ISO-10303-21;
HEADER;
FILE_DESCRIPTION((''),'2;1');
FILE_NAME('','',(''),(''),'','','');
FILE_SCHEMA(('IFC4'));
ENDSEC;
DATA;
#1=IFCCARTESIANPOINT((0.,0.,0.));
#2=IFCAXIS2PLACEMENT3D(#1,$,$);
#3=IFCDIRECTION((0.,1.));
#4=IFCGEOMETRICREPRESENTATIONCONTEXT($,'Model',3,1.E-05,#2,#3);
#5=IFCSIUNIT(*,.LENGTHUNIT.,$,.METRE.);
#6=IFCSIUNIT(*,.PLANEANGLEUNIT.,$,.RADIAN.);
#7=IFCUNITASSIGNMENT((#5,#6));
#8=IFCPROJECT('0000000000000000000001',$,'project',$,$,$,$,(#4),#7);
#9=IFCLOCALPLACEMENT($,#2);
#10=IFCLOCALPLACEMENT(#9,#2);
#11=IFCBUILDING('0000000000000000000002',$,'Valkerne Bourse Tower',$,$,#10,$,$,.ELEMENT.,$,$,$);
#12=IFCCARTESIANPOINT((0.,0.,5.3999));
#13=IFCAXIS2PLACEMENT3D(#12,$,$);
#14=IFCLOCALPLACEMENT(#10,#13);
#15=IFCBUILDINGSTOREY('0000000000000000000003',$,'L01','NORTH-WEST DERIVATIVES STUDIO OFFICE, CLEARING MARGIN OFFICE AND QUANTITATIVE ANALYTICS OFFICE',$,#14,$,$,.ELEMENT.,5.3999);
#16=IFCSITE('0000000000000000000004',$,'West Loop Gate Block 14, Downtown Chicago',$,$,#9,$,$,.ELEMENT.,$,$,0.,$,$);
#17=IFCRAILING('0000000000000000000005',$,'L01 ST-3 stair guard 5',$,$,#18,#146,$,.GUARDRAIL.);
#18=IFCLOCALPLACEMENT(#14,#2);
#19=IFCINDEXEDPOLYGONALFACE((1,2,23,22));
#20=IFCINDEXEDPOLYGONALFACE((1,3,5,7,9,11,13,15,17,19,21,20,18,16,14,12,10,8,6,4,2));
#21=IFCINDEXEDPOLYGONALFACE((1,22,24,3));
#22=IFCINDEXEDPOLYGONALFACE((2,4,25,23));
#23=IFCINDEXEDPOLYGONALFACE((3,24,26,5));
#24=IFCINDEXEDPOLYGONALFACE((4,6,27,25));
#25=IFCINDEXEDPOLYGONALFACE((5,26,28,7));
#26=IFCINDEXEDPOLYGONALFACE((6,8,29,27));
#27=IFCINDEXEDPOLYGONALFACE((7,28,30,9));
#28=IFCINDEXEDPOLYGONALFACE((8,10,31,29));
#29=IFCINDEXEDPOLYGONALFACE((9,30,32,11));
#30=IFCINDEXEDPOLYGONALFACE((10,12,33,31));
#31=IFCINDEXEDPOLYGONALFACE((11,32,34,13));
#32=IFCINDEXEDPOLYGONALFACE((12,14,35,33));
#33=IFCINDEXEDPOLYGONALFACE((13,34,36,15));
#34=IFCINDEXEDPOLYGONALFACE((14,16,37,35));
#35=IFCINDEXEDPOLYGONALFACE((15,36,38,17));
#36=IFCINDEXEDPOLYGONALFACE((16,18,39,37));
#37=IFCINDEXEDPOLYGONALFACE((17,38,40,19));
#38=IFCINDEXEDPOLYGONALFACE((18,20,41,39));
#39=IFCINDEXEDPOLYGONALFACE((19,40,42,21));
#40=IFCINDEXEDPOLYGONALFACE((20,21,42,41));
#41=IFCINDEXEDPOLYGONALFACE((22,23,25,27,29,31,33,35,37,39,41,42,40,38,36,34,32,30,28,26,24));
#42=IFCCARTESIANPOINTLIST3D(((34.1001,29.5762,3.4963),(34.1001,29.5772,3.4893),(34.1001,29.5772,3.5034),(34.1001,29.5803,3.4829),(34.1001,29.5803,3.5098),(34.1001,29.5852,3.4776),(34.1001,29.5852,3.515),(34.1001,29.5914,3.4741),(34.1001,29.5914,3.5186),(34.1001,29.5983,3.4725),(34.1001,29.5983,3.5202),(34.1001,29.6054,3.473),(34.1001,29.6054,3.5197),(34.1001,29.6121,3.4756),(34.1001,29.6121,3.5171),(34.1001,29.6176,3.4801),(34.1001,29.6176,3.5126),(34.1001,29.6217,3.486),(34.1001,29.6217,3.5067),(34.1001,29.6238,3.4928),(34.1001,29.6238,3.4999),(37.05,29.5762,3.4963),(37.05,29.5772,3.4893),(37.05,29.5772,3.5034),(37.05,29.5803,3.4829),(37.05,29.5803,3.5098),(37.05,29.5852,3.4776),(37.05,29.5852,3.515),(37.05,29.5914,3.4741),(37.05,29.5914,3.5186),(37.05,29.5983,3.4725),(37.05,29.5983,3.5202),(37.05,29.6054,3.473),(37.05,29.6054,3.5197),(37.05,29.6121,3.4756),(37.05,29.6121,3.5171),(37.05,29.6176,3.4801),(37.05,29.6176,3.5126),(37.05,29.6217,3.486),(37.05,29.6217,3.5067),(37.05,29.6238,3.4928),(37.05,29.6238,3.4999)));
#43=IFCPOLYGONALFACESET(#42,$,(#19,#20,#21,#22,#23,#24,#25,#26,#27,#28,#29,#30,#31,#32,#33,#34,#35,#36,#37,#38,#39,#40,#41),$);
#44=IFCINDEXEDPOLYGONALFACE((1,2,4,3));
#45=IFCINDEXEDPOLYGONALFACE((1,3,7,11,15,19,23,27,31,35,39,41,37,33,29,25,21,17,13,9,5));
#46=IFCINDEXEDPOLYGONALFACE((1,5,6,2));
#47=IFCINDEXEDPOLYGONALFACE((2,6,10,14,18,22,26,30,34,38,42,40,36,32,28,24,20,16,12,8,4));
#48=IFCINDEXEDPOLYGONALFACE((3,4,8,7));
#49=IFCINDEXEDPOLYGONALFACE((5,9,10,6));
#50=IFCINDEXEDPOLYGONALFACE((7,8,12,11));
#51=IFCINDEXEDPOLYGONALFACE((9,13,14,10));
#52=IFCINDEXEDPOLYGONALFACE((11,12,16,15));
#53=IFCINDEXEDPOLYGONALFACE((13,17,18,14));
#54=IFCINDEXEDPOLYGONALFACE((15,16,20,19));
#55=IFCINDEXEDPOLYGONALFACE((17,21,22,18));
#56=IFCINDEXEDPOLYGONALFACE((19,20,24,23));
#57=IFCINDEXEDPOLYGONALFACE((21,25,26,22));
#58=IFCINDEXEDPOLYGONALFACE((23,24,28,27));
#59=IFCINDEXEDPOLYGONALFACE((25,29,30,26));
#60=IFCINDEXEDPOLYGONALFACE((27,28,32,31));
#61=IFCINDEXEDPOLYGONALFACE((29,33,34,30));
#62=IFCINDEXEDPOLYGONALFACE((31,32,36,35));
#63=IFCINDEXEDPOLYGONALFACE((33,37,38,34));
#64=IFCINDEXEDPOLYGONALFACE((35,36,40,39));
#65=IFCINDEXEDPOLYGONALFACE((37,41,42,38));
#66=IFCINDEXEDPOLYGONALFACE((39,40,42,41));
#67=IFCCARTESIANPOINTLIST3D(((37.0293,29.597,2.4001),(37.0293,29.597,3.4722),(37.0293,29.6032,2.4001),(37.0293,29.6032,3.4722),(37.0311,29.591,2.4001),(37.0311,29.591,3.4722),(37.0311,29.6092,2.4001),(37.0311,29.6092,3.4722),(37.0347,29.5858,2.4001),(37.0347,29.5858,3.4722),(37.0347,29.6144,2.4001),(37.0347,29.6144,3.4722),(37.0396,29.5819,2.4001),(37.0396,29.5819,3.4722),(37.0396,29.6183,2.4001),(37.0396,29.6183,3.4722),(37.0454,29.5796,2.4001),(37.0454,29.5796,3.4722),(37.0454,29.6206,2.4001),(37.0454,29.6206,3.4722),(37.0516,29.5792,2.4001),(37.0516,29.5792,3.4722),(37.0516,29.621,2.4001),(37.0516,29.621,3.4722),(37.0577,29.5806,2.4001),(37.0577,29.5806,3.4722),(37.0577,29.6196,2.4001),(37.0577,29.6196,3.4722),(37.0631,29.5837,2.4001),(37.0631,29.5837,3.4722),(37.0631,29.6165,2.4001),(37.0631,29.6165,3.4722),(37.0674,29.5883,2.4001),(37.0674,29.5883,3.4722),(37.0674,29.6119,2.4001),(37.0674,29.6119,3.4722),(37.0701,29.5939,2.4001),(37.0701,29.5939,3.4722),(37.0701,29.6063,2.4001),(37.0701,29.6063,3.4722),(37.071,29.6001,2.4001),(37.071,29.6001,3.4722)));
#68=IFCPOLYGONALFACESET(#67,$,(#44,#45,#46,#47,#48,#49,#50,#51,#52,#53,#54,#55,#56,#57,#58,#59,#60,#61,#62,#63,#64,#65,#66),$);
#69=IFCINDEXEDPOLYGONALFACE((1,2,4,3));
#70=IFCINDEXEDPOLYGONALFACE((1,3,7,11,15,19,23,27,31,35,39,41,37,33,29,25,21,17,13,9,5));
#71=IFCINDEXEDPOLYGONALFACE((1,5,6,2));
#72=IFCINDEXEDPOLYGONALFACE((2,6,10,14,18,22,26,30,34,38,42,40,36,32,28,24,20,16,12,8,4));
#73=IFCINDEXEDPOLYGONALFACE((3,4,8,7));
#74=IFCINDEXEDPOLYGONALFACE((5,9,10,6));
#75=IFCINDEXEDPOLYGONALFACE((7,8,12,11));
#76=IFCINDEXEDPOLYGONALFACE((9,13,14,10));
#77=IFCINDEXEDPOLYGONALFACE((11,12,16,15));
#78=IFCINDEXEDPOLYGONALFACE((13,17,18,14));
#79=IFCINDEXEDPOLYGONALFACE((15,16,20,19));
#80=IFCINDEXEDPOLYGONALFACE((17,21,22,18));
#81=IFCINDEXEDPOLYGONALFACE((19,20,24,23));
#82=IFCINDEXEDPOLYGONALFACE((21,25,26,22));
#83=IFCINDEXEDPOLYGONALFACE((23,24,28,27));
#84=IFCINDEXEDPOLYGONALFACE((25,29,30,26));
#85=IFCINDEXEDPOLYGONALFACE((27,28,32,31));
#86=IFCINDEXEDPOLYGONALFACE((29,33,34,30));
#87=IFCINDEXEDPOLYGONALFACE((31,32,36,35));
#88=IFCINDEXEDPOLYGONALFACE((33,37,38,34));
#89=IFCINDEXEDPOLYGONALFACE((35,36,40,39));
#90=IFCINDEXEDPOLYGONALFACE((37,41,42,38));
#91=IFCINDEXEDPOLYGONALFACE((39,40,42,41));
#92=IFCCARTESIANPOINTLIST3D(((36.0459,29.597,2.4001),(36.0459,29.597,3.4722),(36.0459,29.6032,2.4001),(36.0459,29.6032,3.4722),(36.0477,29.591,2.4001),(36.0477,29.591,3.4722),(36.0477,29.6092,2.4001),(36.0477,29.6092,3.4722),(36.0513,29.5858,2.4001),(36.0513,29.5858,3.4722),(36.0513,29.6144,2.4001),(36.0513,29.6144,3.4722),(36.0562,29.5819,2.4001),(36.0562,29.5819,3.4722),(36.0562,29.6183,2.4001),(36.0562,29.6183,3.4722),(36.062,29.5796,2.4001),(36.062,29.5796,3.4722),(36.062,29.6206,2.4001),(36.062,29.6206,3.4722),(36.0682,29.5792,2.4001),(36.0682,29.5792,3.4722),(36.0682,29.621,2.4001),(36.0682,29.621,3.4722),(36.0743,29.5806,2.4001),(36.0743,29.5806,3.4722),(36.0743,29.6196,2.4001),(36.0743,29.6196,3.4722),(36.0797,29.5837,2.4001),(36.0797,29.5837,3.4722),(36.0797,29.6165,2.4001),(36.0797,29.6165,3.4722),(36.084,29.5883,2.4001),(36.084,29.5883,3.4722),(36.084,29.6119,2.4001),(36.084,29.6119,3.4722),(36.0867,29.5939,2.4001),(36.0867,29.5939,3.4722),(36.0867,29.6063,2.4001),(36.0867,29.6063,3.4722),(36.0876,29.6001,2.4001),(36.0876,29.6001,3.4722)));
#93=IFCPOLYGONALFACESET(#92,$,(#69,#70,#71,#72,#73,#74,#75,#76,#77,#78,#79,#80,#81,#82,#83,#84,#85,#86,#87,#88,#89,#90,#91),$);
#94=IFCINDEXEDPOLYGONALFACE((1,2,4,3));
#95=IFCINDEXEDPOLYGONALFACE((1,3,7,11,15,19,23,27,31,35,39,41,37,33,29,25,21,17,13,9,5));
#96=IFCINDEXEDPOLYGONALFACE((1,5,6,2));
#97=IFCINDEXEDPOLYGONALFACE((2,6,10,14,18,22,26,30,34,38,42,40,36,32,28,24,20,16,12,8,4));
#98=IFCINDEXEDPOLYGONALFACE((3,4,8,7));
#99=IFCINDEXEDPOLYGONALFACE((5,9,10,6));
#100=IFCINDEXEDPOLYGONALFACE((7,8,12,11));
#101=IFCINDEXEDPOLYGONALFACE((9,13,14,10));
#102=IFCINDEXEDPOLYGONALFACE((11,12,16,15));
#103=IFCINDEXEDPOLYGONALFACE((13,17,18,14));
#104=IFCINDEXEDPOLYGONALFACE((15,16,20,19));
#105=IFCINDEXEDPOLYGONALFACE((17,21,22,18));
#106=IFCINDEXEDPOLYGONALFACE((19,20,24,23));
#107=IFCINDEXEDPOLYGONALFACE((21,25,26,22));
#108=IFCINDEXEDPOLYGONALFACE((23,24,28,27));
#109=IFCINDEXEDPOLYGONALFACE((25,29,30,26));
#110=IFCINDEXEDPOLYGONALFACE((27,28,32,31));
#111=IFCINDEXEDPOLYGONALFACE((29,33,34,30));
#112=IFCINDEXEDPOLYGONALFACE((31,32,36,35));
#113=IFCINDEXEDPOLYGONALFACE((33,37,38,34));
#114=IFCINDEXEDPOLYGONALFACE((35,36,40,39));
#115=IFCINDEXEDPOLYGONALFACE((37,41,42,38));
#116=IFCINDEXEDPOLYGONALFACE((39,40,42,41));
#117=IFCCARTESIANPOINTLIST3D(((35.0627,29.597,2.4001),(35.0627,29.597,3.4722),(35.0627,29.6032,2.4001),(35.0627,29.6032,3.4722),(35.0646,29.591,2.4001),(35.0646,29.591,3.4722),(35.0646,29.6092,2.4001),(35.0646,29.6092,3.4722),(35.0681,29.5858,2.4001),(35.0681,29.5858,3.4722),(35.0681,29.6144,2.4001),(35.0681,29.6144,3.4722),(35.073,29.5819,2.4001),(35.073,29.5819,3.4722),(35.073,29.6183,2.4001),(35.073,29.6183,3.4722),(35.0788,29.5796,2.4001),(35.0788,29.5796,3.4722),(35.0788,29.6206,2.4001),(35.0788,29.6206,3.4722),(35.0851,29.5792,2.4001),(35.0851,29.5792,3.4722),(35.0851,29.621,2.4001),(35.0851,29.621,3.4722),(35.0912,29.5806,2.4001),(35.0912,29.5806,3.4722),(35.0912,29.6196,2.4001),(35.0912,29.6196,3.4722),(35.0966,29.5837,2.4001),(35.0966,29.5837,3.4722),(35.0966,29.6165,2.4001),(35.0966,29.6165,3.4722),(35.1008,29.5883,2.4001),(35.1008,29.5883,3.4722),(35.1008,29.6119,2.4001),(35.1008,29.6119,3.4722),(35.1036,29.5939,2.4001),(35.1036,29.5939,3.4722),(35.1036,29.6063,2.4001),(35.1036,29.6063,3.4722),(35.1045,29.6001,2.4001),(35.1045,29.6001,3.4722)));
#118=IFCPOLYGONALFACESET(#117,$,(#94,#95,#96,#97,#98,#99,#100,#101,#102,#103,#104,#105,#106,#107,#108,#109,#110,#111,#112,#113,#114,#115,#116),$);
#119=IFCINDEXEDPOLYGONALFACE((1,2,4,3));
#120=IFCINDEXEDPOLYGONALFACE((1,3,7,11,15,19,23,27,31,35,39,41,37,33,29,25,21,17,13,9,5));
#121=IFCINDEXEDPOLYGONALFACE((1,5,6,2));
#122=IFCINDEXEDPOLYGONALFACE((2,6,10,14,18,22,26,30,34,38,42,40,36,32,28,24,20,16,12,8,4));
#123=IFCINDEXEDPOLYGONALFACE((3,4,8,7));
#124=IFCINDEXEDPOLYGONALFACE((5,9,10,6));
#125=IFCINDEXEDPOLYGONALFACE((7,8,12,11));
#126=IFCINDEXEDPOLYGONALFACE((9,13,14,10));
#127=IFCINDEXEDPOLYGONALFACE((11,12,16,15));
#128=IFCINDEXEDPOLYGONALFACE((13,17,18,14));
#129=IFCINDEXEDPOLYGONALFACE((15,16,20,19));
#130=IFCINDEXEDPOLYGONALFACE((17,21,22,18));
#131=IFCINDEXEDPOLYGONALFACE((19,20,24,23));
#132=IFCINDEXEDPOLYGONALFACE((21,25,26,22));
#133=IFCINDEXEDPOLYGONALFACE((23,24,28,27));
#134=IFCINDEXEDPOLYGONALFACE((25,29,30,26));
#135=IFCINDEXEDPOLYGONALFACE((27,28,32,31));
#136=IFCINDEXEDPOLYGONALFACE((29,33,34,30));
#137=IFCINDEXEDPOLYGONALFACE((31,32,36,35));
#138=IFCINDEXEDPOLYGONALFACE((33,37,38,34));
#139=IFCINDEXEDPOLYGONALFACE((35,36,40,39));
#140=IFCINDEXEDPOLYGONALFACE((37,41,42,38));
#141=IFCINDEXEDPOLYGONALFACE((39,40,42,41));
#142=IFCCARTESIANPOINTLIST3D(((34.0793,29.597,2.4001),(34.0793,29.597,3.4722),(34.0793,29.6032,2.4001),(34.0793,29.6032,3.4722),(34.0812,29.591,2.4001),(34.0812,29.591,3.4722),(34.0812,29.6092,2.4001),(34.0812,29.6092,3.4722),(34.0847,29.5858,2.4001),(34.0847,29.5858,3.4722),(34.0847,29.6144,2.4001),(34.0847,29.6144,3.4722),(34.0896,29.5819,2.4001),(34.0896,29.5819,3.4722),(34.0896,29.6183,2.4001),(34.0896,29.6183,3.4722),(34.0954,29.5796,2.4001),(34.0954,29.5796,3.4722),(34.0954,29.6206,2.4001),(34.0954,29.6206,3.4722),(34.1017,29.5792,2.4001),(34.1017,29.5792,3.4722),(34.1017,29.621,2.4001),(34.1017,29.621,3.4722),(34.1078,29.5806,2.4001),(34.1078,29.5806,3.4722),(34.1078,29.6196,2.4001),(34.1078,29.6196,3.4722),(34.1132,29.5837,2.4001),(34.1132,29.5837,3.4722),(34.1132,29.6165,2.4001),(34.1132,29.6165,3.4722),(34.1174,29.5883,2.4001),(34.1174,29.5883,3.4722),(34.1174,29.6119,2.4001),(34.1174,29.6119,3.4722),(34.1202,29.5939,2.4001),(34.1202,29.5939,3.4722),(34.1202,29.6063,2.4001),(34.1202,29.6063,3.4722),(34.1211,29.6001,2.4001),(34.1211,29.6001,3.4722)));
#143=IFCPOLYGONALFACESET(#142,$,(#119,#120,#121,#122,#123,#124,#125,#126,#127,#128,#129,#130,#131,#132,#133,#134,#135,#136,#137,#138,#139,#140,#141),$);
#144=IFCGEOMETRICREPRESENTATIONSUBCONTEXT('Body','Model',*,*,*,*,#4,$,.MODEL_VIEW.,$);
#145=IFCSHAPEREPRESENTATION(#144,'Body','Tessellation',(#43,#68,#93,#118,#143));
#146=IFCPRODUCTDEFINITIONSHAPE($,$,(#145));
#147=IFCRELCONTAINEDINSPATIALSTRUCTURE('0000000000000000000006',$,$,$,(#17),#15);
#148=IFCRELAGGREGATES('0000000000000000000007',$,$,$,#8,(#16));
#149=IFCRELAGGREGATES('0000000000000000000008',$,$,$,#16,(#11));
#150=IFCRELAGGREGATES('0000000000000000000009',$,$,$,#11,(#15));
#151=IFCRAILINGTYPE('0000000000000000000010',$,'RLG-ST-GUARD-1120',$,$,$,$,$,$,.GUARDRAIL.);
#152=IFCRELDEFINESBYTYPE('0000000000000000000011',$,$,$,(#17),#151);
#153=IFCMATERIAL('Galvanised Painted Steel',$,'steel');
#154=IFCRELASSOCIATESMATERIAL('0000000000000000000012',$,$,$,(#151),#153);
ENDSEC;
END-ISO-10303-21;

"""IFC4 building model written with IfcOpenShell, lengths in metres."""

from ifc_helpers import new_model, si_unit, direction, frame, origin, origin_2d, place, context, subcontext, project, spatial, circle, extrude, material, type_object, element, save


model = new_model("IFC4")

# Units and contexts
model_context = context("Model", 3, precision=1e-05, world=origin(), true_north=direction((0.0, 1.0)))
body_context = subcontext(model_context, "Body", "Model", "MODEL_VIEW")
ifc_project = project(units=[si_unit("LENGTHUNIT", "METRE"), si_unit("PLANEANGLEUNIT", "RADIAN")], contexts=[model_context])

# Site, building, storey
site_placement = place(None, origin())
site = spatial("IfcSite", under=ifc_project, at=site_placement, Name="West Loop Gate Block 14, Downtown Chicago", CompositionType="ELEMENT", RefElevation=0.0)
building_placement = place(site_placement, origin())
building = spatial("IfcBuilding", under=site, at=building_placement, Name="Valkerne Bourse Tower", CompositionType="ELEMENT")
storey_placement = place(building_placement, frame((0.0, 0.0, 5.3999)))
storey = spatial("IfcBuildingStorey", under=building, at=storey_placement, Name="L01", Description="NORTH-WEST DERIVATIVES STUDIO OFFICE, CLEARING MARGIN OFFICE AND QUANTITATIVE ANALYTICS OFFICE", CompositionType="ELEMENT", Elevation=5.3999)

# Shared definitions
ifc_material_1 = material(Name="Galvanised Painted Steel", Category="steel")

# Railing
railing_type_1 = type_object("IfcRailingType", Name="RLG-ST-GUARD-1120", PredefinedType="GUARDRAIL", material=ifc_material_1)
railing_1_placement = place(storey_placement, frame((37.05, 29.6001, 2.4001)))
element("IfcRailing", 1, at=railing_1_placement, inside=storey, type_object=railing_type_1, Name="L01 ST-3 stair guard 5", PredefinedType="GUARDRAIL", context=body_context, shape_type="SweptSolid", body=[
    extrude(circle(Radius=0.0239, at=origin_2d()), frame((0.0, 0.0, 1.0962), z_axis=(-1.0, 0.0, 0.0), x_axis=(0.0, -1.0, 0.0)), (0.0, 0.0, 1.0), 2.95),
    extrude(circle(Radius=0.021, at=origin_2d()), origin(), (0.0, 0.0, 1.0), 1.072),
    extrude(circle(Radius=0.021, at=origin_2d()), frame((-0.9834, 0.0, 0.0)), (0.0, 0.0, 1.0), 1.072),
    extrude(circle(Radius=0.021, at=origin_2d()), frame((-1.9666, 0.0, 0.0)), (0.0, 0.0, 1.0), 1.072),
    extrude(circle(Radius=0.021, at=origin_2d()), frame((-2.95, 0.0, 0.0)), (0.0, 0.0, 1.0), 1.072),
])

save(model, "model.ifc")
